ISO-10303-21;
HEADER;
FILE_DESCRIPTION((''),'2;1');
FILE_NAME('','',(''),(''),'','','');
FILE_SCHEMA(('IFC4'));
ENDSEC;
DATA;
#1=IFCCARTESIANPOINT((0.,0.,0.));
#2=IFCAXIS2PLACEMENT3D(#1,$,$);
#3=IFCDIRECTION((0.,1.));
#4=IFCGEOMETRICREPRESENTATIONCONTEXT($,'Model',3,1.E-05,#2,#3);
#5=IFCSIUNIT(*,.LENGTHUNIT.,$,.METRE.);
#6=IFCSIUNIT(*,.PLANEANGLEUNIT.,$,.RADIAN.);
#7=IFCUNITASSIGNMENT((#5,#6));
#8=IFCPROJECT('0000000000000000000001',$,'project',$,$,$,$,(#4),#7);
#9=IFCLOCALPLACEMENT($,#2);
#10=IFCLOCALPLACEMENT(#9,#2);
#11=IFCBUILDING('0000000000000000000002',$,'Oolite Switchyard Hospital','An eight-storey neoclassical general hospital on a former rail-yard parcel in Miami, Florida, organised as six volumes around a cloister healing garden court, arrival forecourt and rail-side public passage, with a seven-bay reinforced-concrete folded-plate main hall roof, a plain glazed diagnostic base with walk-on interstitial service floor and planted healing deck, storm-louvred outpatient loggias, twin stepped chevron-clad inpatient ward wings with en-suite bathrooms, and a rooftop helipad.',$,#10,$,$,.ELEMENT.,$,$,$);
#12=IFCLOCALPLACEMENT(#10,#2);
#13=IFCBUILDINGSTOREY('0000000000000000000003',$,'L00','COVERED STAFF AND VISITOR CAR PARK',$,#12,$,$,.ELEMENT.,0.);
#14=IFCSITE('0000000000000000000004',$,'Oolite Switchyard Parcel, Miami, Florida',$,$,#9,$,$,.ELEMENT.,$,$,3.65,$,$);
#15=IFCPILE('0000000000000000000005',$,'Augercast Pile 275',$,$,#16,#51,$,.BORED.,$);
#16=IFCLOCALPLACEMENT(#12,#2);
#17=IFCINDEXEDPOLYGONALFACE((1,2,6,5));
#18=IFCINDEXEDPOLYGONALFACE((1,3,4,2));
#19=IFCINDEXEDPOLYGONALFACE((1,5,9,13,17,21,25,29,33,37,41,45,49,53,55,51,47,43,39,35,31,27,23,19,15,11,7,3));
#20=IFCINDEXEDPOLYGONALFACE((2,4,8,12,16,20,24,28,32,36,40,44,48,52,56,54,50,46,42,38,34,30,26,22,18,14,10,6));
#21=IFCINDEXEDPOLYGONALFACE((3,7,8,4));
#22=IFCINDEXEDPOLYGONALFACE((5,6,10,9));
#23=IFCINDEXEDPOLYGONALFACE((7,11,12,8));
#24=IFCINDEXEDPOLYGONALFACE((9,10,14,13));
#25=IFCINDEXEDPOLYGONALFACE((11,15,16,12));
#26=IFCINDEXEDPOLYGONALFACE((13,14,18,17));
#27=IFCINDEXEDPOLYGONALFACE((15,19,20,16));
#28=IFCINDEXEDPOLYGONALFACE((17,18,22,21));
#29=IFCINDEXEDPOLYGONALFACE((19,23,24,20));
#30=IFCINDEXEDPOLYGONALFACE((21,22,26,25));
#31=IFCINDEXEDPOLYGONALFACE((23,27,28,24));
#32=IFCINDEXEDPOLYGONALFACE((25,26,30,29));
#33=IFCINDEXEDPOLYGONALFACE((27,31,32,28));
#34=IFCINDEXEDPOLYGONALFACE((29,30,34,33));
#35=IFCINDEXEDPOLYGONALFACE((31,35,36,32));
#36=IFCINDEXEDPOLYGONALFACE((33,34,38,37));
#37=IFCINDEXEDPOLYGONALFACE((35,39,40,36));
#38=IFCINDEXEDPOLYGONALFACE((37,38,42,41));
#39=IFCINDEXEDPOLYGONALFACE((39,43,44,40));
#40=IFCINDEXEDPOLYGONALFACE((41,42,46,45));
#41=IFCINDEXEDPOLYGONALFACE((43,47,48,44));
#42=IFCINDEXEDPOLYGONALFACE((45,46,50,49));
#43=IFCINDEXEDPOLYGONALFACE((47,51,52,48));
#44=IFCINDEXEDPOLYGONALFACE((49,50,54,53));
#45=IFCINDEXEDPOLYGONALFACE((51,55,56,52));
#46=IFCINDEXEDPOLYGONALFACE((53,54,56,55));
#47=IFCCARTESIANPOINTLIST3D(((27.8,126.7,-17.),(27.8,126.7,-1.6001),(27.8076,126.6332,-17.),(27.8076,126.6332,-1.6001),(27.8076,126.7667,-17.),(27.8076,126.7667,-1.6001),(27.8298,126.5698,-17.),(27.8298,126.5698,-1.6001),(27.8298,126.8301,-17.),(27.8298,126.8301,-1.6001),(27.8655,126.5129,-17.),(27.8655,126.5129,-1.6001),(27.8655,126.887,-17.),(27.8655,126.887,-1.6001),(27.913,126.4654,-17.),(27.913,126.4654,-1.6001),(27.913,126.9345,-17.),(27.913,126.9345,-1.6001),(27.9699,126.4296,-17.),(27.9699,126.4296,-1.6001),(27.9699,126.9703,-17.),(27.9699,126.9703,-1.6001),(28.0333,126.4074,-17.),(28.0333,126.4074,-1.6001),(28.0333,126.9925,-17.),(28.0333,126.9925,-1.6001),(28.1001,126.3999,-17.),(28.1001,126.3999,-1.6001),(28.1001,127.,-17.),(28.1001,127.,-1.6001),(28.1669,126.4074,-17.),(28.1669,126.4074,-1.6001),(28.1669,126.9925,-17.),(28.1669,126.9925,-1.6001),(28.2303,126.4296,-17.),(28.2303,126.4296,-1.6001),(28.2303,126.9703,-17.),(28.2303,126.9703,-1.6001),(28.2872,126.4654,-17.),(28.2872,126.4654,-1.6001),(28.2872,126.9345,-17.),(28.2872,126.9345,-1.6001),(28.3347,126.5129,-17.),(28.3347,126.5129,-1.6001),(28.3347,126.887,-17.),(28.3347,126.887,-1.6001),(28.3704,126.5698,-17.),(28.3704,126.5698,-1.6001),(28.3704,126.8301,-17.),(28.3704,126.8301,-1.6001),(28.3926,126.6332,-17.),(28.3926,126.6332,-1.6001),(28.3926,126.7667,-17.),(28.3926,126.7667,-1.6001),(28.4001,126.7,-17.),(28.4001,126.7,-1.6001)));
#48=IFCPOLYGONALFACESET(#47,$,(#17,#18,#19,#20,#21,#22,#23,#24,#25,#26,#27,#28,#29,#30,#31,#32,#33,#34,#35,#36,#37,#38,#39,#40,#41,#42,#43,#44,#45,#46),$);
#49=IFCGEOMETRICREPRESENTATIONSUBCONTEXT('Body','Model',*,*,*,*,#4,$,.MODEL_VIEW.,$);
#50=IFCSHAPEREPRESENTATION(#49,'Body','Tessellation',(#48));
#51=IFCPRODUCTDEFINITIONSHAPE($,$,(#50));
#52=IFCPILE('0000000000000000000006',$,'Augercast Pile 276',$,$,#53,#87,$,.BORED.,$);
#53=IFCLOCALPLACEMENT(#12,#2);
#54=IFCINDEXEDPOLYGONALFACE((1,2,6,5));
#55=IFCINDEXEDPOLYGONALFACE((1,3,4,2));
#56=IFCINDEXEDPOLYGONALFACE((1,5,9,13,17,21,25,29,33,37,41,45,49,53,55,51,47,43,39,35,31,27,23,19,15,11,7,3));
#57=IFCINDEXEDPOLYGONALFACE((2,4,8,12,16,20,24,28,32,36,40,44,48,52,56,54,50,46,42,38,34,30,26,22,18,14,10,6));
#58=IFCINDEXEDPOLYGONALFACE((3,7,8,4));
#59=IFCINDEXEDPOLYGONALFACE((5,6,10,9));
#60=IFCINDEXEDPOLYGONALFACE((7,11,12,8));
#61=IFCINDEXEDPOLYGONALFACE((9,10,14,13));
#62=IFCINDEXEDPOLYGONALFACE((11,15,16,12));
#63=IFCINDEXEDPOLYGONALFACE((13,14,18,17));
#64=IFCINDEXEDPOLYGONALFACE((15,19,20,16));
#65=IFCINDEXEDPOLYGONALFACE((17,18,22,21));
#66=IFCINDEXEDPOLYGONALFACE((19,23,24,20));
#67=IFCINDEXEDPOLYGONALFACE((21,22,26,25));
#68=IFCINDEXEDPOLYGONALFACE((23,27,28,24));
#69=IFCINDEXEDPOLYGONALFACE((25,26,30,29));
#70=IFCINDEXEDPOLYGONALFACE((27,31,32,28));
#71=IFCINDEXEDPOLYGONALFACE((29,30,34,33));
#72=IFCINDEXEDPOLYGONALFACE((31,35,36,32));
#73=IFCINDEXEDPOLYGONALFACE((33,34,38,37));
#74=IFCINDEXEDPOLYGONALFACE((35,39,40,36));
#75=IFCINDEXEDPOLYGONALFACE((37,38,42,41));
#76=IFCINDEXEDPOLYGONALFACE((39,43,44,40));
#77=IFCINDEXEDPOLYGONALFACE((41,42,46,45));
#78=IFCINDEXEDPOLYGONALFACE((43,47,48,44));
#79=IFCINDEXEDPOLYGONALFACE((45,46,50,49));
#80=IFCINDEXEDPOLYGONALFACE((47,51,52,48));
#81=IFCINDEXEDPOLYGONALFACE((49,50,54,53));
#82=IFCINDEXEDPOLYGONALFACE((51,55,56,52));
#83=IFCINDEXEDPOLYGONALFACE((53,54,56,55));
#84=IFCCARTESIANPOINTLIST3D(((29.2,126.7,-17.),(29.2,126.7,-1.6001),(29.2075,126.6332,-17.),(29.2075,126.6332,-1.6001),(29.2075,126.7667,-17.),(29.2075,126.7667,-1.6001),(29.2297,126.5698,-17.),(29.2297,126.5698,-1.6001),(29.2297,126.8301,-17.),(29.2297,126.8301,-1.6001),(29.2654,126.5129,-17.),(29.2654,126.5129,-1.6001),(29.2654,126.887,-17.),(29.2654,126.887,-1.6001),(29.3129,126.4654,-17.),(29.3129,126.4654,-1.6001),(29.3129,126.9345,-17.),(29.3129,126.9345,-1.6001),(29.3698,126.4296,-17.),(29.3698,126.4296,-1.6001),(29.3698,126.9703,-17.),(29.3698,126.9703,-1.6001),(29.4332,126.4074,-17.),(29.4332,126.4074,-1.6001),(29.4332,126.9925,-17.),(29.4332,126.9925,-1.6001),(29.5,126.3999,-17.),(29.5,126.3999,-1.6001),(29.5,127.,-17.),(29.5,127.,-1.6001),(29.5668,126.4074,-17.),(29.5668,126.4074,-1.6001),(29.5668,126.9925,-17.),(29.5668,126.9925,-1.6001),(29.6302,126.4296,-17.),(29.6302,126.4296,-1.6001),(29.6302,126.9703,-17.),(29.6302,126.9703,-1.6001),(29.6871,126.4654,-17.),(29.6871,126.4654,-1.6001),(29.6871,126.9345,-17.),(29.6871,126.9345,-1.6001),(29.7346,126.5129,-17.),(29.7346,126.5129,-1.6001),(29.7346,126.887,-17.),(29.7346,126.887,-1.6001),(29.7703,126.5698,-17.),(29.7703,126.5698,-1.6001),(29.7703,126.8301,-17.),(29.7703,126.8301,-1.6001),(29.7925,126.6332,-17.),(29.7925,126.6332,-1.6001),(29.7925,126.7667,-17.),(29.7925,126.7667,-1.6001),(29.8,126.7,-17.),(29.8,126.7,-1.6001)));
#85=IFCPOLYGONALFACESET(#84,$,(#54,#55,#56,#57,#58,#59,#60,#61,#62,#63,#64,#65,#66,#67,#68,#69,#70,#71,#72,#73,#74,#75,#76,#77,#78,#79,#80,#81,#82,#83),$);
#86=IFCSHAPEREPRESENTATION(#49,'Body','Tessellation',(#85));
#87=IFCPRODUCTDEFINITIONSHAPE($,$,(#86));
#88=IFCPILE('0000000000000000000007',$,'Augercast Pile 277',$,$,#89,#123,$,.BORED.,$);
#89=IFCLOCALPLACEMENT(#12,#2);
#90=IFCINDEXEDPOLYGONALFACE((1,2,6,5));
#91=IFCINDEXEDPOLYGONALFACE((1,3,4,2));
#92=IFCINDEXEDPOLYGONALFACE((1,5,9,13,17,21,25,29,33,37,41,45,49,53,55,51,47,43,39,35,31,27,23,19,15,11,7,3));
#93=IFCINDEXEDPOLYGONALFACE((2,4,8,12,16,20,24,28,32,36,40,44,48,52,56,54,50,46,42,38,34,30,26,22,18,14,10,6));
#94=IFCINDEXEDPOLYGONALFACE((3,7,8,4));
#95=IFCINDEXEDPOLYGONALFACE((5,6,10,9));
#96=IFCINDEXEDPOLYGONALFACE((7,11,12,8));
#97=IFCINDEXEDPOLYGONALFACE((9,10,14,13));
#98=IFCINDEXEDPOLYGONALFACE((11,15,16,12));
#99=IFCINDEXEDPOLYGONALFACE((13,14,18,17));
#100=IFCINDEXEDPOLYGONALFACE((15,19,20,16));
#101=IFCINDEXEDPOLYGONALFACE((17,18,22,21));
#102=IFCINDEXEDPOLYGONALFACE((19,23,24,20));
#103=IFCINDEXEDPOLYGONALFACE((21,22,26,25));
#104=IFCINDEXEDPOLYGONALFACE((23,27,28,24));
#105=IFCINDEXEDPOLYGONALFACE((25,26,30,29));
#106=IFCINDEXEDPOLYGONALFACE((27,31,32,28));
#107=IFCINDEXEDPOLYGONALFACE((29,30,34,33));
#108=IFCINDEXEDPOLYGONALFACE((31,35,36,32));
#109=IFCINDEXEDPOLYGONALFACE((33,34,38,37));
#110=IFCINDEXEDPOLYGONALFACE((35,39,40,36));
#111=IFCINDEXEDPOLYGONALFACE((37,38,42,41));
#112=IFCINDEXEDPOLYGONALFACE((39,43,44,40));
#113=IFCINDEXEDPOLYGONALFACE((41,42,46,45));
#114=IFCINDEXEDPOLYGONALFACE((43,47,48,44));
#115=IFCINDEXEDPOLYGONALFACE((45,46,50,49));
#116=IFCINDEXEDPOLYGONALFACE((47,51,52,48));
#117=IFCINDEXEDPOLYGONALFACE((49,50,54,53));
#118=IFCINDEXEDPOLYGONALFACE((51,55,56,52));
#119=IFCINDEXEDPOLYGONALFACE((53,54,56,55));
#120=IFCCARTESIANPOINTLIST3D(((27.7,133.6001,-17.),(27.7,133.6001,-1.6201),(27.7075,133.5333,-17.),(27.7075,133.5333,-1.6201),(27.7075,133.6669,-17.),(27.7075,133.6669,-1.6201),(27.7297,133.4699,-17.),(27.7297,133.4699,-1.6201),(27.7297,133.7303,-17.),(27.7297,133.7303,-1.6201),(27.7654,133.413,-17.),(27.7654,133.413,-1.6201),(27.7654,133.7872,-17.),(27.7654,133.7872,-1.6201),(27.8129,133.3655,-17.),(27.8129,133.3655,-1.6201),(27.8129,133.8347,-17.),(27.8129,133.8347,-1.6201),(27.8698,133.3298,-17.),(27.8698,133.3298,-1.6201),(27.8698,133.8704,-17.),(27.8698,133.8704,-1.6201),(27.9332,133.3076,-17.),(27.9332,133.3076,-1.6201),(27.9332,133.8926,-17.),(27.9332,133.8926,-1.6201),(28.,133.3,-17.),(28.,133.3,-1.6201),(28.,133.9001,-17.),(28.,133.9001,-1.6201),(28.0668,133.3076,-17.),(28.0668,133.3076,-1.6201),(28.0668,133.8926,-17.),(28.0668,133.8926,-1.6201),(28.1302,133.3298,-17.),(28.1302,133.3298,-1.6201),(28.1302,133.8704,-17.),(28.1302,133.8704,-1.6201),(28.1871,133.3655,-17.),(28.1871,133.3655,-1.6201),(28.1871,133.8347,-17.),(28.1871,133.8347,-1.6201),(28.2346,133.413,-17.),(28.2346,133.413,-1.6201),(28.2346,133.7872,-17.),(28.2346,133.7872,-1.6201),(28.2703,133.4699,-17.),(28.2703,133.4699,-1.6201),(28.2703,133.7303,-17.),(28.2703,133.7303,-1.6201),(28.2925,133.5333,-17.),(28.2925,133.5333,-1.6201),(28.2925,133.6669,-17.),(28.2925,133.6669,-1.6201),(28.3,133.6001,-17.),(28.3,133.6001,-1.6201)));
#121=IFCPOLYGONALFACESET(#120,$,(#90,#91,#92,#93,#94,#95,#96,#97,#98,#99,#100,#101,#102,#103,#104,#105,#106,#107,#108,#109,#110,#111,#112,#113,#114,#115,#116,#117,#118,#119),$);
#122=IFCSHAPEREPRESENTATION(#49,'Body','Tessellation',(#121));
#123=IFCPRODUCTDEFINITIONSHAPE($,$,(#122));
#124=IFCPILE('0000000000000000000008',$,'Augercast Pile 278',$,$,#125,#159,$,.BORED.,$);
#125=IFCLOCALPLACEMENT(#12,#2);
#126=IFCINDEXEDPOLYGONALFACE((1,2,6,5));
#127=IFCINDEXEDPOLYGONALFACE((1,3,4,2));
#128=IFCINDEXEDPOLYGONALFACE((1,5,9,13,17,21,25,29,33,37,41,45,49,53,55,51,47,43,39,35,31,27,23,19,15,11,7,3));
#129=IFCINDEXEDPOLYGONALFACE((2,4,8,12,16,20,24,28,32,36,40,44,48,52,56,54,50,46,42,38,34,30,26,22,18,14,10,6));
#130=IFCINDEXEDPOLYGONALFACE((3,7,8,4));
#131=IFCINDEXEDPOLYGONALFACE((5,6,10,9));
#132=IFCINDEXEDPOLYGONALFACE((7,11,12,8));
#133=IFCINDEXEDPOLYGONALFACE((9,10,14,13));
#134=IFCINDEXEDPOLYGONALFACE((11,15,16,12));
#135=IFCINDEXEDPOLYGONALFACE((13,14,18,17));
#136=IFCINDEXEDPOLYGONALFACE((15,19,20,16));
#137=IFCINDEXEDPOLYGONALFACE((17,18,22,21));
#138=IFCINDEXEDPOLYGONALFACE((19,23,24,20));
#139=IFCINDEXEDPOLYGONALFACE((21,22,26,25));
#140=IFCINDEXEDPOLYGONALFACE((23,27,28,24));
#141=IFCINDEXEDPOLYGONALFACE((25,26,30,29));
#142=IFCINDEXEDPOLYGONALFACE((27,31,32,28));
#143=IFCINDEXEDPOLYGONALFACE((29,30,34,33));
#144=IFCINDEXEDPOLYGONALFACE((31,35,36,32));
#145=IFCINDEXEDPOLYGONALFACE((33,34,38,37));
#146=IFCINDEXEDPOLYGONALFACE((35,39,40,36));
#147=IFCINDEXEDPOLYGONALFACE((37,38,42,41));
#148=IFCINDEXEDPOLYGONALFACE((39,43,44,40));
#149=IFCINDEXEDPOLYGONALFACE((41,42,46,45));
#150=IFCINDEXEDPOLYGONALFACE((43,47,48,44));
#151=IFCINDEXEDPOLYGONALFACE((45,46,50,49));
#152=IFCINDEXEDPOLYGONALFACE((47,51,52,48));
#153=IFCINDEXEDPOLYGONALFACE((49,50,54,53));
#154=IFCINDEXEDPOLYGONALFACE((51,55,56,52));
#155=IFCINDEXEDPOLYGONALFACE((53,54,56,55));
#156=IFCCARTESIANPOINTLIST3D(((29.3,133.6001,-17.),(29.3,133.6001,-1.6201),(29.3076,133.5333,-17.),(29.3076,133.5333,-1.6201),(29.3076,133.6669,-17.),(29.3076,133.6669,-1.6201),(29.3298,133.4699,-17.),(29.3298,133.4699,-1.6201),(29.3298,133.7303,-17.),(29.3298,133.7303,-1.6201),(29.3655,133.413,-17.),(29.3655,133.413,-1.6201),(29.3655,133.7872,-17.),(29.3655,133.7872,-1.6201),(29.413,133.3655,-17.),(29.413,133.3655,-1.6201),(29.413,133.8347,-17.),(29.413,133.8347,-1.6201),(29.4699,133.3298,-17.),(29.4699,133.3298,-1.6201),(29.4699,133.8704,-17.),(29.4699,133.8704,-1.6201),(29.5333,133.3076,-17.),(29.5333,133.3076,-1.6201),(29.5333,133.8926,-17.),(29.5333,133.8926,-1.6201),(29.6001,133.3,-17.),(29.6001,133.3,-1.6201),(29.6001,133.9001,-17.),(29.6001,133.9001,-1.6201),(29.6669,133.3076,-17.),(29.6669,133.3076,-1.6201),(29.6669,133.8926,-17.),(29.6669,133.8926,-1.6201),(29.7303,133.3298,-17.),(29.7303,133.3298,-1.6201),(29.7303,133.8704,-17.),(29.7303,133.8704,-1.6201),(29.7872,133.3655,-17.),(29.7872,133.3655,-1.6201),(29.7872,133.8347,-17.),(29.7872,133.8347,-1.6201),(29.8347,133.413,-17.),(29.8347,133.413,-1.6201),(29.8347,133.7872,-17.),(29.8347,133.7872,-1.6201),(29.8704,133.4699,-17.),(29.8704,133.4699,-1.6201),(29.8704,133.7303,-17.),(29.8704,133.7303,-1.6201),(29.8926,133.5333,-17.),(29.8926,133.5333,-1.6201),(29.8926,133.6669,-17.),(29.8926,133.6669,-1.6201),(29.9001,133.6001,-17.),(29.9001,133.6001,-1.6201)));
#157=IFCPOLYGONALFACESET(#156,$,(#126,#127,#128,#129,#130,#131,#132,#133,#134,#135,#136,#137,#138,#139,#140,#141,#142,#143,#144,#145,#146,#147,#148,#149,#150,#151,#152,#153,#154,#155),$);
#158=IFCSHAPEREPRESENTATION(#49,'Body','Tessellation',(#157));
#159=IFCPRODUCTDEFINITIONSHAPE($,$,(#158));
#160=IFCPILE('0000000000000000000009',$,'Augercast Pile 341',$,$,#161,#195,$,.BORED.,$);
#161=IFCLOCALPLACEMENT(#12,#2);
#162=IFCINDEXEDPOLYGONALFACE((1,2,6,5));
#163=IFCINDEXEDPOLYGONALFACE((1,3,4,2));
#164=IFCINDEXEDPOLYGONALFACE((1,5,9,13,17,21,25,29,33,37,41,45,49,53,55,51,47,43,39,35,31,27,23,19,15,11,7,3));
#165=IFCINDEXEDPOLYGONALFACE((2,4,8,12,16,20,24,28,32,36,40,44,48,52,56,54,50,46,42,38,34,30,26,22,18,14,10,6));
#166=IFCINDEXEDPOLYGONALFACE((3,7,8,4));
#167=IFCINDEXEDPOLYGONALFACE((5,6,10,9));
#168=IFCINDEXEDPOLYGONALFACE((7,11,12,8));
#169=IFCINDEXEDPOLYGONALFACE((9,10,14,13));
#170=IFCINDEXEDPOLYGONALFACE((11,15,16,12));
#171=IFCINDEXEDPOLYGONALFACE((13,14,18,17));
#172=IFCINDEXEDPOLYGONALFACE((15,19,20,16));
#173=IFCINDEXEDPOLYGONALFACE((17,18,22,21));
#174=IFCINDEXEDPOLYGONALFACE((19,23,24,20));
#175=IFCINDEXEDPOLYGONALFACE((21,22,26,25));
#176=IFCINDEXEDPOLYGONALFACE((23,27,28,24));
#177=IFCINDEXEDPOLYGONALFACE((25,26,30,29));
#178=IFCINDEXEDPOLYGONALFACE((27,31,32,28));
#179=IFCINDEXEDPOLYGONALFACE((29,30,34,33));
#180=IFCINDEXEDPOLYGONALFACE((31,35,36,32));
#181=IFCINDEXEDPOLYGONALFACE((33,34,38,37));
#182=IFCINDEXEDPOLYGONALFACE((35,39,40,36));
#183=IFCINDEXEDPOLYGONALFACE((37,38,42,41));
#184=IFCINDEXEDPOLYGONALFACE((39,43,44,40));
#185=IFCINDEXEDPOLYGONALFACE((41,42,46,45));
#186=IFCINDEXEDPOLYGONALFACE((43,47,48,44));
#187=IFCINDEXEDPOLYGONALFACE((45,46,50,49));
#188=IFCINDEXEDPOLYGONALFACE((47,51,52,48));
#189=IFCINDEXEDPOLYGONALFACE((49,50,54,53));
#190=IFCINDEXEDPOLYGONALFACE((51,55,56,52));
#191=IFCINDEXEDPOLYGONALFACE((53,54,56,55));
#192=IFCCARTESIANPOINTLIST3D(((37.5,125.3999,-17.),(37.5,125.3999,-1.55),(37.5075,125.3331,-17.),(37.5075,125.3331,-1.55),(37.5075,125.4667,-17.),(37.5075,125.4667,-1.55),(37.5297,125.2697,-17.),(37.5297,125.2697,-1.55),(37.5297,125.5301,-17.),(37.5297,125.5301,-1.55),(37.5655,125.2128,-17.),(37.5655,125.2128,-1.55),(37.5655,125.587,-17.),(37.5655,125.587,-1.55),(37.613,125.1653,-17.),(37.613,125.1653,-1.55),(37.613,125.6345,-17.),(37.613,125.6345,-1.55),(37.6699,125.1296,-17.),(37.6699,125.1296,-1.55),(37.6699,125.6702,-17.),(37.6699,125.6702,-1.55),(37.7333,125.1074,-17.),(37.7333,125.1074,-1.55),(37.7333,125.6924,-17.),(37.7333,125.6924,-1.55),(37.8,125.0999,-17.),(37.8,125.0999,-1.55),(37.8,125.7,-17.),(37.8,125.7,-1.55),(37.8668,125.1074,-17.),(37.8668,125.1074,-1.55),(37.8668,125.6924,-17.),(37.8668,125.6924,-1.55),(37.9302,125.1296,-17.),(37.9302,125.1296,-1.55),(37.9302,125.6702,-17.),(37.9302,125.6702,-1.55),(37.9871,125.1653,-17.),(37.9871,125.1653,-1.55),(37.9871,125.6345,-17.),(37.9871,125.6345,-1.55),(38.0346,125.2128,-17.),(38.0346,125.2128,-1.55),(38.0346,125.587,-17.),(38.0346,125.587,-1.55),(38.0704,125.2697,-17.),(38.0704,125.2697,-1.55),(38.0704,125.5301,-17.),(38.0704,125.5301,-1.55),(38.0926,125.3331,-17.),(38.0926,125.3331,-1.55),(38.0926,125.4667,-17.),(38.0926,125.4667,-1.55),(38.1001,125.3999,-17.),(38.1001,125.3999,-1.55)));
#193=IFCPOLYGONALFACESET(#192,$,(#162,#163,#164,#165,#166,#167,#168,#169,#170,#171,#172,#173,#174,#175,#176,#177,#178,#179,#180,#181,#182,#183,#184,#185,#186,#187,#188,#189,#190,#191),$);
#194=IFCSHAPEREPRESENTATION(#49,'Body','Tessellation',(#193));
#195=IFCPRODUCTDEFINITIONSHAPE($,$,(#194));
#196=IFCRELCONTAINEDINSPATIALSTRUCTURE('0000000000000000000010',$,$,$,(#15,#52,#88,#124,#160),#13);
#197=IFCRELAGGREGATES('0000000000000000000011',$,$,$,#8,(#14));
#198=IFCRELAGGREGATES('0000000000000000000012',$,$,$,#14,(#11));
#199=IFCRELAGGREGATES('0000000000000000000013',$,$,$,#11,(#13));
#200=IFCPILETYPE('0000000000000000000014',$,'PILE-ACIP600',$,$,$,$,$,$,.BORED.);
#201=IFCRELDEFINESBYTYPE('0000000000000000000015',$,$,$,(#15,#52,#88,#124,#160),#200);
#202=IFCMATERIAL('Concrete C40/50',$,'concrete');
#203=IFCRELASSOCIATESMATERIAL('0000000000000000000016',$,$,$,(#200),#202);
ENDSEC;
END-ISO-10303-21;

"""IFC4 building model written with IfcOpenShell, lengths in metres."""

from ifc_helpers import new_model, si_unit, direction, frame, origin, origin_2d, place, context, subcontext, project, spatial, circle, extrude, material, material_profile, profile_set, type_object, element, save


model = new_model("IFC4")

# Units and contexts
model_context = context("Model", 3, precision=1e-05, world=origin(), true_north=direction((0.0, 1.0)))
body_context = subcontext(model_context, "Body", "Model", "MODEL_VIEW")
ifc_project = project(units=[si_unit("LENGTHUNIT", "METRE"), si_unit("PLANEANGLEUNIT", "RADIAN")], contexts=[model_context])

# Site, building, storey
site_placement = place(None, origin())
site = spatial("IfcSite", under=ifc_project, at=site_placement, Name="Oolite Switchyard Parcel, Miami, Florida", CompositionType="ELEMENT", RefElevation=3.65)
building_placement = place(site_placement, origin())
building = spatial("IfcBuilding", under=site, at=building_placement, Name="Oolite Switchyard Hospital", Description="An eight-storey neoclassical general hospital on a former rail-yard parcel in Miami, Florida, organised as six volumes around a cloister healing garden court, arrival forecourt and rail-side public passage, with a seven-bay reinforced-concrete folded-plate main hall roof, a plain glazed diagnostic base with walk-on interstitial service floor and planted healing deck, storm-louvred outpatient loggias, twin stepped chevron-clad inpatient ward wings with en-suite bathrooms, and a rooftop helipad.", CompositionType="ELEMENT")
storey_placement = place(building_placement, origin())
storey = spatial("IfcBuildingStorey", under=building, at=storey_placement, Name="L00", Description="COVERED STAFF AND VISITOR CAR PARK", CompositionType="ELEMENT", Elevation=0.0)

# Shared definitions
ifc_material_1 = material(Name="Concrete C40/50", Category="concrete")

# Piles
ifc_material_profile_1 = material_profile(ifc_material_1, circle(Radius=0.3, at=origin_2d()), Name="PILE600")
ifc_profile_set_1 = profile_set([ifc_material_profile_1], Name="Concrete C40/50")
pile_type = type_object("IfcPileType", Name="PILE-ACIP600", PredefinedType="BORED", material=ifc_profile_set_1)
for number, where, z_axis, x_axis, name in (
    (1, (28.1001, 126.7, -1.6001), (0.0, 0.0, -1.0), (1.0, 0.0, 0.0), "Augercast Pile 275"),
    (2, (29.5, 126.7, -1.6001), (0.0, 0.0, -1.0), (1.0, 0.0, 0.0), "Augercast Pile 276"),
):
    element("IfcPile", number, at=place(storey_placement, frame(where, z_axis=z_axis, x_axis=x_axis)), inside=storey, type_object=pile_type, Name=name, PredefinedType="BORED", context=body_context, shape_type="SweptSolid", body=[
        extrude(circle(Radius=0.3, at=origin_2d()), origin(), (0.0, 0.0, 1.0), 15.3999),
    ])
for number, where, z_axis, x_axis, name in (
    (3, (28.0, 133.6001, -1.6201), (0.0, 0.0, -1.0), (1.0, 0.0, 0.0), "Augercast Pile 277"),
    (4, (29.6001, 133.6001, -1.6201), (0.0, 0.0, -1.0), (1.0, 0.0, 0.0), "Augercast Pile 278"),
):
    element("IfcPile", number, at=place(storey_placement, frame(where, z_axis=z_axis, x_axis=x_axis)), inside=storey, type_object=pile_type, Name=name, PredefinedType="BORED", context=body_context, shape_type="SweptSolid", body=[
        extrude(circle(Radius=0.3, at=origin_2d()), origin(), (0.0, 0.0, 1.0), 15.3799),
    ])
for number, where, z_axis, x_axis, name in (
    (5, (37.8, 125.3999, -1.55), (0.0, 0.0, -1.0), (1.0, 0.0, 0.0), "Augercast Pile 341"),
):
    element("IfcPile", number, at=place(storey_placement, frame(where, z_axis=z_axis, x_axis=x_axis)), inside=storey, type_object=pile_type, Name=name, PredefinedType="BORED", context=body_context, shape_type="SweptSolid", body=[
        extrude(circle(Radius=0.3, at=origin_2d()), origin(), (0.0, 0.0, 1.0), 15.45),
    ])

save(model, "model.ifc")
